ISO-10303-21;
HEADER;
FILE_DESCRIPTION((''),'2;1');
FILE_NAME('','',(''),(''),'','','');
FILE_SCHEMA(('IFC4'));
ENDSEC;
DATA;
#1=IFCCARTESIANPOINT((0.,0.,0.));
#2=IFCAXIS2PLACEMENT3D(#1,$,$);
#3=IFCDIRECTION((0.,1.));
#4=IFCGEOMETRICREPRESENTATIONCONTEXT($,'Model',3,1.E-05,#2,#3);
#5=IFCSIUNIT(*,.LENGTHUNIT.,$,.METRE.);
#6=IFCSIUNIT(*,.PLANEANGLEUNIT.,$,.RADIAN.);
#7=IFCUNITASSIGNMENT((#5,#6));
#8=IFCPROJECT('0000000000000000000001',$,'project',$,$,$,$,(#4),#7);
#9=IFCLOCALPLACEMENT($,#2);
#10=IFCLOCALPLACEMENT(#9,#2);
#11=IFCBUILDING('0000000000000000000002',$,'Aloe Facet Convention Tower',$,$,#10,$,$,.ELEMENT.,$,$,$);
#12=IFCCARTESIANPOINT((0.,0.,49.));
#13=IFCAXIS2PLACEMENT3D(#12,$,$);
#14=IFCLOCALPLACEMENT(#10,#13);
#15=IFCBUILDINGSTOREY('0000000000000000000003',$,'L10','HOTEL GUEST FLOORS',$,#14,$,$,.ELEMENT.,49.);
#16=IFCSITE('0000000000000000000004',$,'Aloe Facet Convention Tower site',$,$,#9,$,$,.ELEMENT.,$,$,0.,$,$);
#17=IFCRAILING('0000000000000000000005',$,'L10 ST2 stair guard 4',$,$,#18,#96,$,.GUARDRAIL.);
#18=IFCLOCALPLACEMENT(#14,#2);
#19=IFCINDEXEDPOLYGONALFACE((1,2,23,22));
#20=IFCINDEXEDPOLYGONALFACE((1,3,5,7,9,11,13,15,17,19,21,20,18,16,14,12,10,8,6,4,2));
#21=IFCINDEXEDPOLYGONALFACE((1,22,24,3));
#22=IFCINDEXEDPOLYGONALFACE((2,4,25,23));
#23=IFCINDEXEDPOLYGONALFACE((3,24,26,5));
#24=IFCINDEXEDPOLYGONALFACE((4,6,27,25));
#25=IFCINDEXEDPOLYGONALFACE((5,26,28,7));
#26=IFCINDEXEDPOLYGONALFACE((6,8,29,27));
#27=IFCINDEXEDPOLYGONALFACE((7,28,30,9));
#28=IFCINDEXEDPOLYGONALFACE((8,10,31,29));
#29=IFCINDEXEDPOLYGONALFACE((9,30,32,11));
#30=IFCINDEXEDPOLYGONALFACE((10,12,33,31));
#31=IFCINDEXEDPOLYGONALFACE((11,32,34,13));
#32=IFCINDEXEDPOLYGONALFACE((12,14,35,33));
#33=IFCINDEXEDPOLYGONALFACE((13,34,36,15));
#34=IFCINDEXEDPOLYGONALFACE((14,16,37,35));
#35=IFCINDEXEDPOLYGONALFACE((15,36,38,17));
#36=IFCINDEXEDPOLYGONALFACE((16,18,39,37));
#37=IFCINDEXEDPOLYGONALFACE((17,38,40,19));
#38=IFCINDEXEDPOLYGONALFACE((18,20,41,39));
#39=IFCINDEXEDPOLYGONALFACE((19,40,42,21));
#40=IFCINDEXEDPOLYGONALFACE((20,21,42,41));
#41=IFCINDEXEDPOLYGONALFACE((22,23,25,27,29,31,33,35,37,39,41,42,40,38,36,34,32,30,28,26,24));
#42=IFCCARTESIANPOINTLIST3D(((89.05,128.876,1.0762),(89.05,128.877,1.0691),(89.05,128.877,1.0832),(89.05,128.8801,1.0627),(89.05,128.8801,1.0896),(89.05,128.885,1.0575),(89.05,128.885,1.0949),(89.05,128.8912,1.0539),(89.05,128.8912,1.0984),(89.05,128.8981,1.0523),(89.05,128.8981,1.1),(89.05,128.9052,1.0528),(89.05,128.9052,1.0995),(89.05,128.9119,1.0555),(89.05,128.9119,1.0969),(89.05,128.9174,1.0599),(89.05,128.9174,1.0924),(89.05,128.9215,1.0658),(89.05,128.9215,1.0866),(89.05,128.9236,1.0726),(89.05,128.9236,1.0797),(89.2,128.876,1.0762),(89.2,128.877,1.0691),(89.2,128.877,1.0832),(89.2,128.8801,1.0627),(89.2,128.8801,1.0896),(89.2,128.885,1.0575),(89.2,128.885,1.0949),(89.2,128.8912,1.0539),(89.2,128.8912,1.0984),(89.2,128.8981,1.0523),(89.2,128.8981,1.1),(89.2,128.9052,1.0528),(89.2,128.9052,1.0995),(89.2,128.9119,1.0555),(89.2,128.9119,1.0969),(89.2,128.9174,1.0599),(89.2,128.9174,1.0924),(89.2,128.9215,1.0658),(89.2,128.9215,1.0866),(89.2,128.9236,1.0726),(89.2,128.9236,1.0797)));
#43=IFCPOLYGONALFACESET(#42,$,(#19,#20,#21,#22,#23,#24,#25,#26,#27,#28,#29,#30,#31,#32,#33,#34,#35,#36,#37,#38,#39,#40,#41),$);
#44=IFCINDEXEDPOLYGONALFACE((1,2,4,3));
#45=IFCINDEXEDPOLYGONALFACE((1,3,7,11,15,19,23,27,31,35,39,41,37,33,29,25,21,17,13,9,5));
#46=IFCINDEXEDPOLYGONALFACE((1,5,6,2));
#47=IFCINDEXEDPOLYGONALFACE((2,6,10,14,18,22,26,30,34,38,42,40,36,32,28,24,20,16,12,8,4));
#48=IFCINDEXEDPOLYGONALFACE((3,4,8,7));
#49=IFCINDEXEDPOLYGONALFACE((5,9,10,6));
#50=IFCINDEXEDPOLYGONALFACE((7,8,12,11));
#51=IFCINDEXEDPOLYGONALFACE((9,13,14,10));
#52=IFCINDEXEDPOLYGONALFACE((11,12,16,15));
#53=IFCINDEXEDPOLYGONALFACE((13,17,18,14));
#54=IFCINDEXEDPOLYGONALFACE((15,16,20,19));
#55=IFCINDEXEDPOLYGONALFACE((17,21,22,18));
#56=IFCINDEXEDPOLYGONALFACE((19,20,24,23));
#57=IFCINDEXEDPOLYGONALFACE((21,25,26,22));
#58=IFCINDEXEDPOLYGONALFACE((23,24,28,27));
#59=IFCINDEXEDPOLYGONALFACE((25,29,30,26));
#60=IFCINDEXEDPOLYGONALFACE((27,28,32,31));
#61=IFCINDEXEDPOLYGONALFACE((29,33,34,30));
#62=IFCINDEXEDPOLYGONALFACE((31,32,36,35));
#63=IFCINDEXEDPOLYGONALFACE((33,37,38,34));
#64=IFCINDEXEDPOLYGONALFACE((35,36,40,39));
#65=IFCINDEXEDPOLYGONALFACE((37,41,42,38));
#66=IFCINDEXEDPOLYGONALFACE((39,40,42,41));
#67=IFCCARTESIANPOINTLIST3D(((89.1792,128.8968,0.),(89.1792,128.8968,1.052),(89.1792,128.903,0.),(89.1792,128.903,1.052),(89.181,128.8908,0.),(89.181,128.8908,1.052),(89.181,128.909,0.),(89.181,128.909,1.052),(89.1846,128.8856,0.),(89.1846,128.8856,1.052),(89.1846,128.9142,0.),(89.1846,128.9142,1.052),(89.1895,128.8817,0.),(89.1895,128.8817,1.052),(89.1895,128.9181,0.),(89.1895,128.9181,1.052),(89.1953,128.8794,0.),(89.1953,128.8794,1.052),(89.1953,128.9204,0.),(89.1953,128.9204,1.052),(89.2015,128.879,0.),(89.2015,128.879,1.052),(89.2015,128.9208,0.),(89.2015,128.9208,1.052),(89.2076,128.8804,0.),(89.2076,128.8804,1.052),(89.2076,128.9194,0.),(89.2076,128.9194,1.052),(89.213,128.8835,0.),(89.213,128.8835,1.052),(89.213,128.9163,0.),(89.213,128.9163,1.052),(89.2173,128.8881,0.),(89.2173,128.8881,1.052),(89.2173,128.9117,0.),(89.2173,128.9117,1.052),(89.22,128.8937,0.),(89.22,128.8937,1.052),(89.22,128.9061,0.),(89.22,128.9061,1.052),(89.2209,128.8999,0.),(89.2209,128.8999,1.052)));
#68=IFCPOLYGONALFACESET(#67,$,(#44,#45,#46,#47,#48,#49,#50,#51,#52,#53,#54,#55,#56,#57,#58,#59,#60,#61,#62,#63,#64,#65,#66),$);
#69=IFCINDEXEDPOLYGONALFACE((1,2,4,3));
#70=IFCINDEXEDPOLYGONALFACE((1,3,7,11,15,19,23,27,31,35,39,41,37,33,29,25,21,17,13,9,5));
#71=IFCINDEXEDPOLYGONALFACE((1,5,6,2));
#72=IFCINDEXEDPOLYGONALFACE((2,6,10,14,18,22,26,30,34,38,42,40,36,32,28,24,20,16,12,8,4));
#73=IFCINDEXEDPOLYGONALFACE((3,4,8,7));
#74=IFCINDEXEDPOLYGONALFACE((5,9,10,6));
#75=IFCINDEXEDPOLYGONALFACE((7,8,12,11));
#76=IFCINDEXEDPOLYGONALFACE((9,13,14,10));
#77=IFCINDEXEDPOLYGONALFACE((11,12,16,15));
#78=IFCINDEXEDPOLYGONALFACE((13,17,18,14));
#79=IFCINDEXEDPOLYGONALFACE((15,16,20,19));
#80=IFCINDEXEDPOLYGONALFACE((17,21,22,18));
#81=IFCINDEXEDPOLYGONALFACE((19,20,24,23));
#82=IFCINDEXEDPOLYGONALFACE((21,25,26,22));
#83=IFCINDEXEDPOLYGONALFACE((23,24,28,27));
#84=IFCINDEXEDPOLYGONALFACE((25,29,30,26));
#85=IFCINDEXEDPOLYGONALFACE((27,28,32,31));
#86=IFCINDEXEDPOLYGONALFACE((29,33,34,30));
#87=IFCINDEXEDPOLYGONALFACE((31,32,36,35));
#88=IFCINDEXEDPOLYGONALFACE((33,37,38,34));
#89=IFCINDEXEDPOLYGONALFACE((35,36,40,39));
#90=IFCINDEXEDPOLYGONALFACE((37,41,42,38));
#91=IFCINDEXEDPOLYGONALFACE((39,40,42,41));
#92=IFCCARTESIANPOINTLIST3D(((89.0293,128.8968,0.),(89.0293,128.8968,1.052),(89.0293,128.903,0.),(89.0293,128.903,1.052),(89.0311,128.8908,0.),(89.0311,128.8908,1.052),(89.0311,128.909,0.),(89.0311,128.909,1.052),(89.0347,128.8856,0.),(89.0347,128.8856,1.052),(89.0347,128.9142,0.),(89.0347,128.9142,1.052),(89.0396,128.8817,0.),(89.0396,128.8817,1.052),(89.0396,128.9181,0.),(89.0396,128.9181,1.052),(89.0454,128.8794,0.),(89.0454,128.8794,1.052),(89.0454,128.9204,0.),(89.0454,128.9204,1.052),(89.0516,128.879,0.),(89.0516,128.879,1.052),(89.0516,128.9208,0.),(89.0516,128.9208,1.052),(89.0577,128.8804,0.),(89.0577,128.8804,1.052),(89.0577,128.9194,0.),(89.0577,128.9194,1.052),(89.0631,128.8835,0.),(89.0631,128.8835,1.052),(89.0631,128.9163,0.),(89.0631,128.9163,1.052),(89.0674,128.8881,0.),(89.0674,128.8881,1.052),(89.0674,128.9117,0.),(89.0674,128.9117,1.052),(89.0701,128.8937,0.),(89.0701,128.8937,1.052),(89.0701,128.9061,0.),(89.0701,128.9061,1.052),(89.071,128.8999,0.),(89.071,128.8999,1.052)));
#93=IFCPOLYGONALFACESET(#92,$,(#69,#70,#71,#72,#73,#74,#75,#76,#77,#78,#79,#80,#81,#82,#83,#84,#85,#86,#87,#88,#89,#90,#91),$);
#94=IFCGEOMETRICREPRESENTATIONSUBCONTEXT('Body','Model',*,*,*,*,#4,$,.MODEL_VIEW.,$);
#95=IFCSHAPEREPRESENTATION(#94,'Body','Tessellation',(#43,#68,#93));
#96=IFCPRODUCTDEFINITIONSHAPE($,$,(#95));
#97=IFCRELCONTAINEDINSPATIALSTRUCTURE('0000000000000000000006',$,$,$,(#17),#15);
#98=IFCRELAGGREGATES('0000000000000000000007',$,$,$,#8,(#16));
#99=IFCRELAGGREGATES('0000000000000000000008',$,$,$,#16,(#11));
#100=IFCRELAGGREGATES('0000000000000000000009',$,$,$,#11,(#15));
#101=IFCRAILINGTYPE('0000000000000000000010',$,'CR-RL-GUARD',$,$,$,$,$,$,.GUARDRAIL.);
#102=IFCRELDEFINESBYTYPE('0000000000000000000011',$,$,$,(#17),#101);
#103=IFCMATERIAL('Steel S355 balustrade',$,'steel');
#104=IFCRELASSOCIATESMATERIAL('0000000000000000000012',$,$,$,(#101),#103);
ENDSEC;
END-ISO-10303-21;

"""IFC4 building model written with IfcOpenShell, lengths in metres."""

from ifc_helpers import new_model, si_unit, direction, frame, origin, origin_2d, place, context, subcontext, project, spatial, circle, extrude, material, type_object, element, save


model = new_model("IFC4")

# Units and contexts
model_context = context("Model", 3, precision=1e-05, world=origin(), true_north=direction((0.0, 1.0)))
body_context = subcontext(model_context, "Body", "Model", "MODEL_VIEW")
ifc_project = project(units=[si_unit("LENGTHUNIT", "METRE"), si_unit("PLANEANGLEUNIT", "RADIAN")], contexts=[model_context])

# Site, building, storey
site_placement = place(None, origin())
site = spatial("IfcSite", under=ifc_project, at=site_placement, Name="Aloe Facet Convention Tower site", CompositionType="ELEMENT", RefElevation=0.0)
building_placement = place(site_placement, origin())
building = spatial("IfcBuilding", under=site, at=building_placement, Name="Aloe Facet Convention Tower", CompositionType="ELEMENT")
storey_placement = place(building_placement, frame((0.0, 0.0, 49.0)))
storey = spatial("IfcBuildingStorey", under=building, at=storey_placement, Name="L10", Description="HOTEL GUEST FLOORS", CompositionType="ELEMENT", Elevation=49.0)

# Railing
ifc_material_1 = material(Name="Steel S355 balustrade", Category="steel")
railing_type_1 = type_object("IfcRailingType", Name="CR-RL-GUARD", PredefinedType="GUARDRAIL", material=ifc_material_1)
railing_1_placement = place(storey_placement, frame((89.2, 128.8999, 0.0)))
element("IfcRailing", 1, at=railing_1_placement, inside=storey, type_object=railing_type_1, Name="L10 ST2 stair guard 4", PredefinedType="GUARDRAIL", context=body_context, shape_type="SweptSolid", body=[
    extrude(circle(Radius=0.0239, at=origin_2d()), frame((0.0, 0.0, 1.0762), z_axis=(-1.0, 0.0, 0.0), x_axis=(0.0, -1.0, 0.0)), (0.0, 0.0, 1.0), 0.1499),
    extrude(circle(Radius=0.021, at=origin_2d()), origin(), (0.0, 0.0, 1.0), 1.052),
    extrude(circle(Radius=0.021, at=origin_2d()), frame((-0.1499, 0.0, 0.0)), (0.0, 0.0, 1.0), 1.052),
])

save(model, "model.ifc")
